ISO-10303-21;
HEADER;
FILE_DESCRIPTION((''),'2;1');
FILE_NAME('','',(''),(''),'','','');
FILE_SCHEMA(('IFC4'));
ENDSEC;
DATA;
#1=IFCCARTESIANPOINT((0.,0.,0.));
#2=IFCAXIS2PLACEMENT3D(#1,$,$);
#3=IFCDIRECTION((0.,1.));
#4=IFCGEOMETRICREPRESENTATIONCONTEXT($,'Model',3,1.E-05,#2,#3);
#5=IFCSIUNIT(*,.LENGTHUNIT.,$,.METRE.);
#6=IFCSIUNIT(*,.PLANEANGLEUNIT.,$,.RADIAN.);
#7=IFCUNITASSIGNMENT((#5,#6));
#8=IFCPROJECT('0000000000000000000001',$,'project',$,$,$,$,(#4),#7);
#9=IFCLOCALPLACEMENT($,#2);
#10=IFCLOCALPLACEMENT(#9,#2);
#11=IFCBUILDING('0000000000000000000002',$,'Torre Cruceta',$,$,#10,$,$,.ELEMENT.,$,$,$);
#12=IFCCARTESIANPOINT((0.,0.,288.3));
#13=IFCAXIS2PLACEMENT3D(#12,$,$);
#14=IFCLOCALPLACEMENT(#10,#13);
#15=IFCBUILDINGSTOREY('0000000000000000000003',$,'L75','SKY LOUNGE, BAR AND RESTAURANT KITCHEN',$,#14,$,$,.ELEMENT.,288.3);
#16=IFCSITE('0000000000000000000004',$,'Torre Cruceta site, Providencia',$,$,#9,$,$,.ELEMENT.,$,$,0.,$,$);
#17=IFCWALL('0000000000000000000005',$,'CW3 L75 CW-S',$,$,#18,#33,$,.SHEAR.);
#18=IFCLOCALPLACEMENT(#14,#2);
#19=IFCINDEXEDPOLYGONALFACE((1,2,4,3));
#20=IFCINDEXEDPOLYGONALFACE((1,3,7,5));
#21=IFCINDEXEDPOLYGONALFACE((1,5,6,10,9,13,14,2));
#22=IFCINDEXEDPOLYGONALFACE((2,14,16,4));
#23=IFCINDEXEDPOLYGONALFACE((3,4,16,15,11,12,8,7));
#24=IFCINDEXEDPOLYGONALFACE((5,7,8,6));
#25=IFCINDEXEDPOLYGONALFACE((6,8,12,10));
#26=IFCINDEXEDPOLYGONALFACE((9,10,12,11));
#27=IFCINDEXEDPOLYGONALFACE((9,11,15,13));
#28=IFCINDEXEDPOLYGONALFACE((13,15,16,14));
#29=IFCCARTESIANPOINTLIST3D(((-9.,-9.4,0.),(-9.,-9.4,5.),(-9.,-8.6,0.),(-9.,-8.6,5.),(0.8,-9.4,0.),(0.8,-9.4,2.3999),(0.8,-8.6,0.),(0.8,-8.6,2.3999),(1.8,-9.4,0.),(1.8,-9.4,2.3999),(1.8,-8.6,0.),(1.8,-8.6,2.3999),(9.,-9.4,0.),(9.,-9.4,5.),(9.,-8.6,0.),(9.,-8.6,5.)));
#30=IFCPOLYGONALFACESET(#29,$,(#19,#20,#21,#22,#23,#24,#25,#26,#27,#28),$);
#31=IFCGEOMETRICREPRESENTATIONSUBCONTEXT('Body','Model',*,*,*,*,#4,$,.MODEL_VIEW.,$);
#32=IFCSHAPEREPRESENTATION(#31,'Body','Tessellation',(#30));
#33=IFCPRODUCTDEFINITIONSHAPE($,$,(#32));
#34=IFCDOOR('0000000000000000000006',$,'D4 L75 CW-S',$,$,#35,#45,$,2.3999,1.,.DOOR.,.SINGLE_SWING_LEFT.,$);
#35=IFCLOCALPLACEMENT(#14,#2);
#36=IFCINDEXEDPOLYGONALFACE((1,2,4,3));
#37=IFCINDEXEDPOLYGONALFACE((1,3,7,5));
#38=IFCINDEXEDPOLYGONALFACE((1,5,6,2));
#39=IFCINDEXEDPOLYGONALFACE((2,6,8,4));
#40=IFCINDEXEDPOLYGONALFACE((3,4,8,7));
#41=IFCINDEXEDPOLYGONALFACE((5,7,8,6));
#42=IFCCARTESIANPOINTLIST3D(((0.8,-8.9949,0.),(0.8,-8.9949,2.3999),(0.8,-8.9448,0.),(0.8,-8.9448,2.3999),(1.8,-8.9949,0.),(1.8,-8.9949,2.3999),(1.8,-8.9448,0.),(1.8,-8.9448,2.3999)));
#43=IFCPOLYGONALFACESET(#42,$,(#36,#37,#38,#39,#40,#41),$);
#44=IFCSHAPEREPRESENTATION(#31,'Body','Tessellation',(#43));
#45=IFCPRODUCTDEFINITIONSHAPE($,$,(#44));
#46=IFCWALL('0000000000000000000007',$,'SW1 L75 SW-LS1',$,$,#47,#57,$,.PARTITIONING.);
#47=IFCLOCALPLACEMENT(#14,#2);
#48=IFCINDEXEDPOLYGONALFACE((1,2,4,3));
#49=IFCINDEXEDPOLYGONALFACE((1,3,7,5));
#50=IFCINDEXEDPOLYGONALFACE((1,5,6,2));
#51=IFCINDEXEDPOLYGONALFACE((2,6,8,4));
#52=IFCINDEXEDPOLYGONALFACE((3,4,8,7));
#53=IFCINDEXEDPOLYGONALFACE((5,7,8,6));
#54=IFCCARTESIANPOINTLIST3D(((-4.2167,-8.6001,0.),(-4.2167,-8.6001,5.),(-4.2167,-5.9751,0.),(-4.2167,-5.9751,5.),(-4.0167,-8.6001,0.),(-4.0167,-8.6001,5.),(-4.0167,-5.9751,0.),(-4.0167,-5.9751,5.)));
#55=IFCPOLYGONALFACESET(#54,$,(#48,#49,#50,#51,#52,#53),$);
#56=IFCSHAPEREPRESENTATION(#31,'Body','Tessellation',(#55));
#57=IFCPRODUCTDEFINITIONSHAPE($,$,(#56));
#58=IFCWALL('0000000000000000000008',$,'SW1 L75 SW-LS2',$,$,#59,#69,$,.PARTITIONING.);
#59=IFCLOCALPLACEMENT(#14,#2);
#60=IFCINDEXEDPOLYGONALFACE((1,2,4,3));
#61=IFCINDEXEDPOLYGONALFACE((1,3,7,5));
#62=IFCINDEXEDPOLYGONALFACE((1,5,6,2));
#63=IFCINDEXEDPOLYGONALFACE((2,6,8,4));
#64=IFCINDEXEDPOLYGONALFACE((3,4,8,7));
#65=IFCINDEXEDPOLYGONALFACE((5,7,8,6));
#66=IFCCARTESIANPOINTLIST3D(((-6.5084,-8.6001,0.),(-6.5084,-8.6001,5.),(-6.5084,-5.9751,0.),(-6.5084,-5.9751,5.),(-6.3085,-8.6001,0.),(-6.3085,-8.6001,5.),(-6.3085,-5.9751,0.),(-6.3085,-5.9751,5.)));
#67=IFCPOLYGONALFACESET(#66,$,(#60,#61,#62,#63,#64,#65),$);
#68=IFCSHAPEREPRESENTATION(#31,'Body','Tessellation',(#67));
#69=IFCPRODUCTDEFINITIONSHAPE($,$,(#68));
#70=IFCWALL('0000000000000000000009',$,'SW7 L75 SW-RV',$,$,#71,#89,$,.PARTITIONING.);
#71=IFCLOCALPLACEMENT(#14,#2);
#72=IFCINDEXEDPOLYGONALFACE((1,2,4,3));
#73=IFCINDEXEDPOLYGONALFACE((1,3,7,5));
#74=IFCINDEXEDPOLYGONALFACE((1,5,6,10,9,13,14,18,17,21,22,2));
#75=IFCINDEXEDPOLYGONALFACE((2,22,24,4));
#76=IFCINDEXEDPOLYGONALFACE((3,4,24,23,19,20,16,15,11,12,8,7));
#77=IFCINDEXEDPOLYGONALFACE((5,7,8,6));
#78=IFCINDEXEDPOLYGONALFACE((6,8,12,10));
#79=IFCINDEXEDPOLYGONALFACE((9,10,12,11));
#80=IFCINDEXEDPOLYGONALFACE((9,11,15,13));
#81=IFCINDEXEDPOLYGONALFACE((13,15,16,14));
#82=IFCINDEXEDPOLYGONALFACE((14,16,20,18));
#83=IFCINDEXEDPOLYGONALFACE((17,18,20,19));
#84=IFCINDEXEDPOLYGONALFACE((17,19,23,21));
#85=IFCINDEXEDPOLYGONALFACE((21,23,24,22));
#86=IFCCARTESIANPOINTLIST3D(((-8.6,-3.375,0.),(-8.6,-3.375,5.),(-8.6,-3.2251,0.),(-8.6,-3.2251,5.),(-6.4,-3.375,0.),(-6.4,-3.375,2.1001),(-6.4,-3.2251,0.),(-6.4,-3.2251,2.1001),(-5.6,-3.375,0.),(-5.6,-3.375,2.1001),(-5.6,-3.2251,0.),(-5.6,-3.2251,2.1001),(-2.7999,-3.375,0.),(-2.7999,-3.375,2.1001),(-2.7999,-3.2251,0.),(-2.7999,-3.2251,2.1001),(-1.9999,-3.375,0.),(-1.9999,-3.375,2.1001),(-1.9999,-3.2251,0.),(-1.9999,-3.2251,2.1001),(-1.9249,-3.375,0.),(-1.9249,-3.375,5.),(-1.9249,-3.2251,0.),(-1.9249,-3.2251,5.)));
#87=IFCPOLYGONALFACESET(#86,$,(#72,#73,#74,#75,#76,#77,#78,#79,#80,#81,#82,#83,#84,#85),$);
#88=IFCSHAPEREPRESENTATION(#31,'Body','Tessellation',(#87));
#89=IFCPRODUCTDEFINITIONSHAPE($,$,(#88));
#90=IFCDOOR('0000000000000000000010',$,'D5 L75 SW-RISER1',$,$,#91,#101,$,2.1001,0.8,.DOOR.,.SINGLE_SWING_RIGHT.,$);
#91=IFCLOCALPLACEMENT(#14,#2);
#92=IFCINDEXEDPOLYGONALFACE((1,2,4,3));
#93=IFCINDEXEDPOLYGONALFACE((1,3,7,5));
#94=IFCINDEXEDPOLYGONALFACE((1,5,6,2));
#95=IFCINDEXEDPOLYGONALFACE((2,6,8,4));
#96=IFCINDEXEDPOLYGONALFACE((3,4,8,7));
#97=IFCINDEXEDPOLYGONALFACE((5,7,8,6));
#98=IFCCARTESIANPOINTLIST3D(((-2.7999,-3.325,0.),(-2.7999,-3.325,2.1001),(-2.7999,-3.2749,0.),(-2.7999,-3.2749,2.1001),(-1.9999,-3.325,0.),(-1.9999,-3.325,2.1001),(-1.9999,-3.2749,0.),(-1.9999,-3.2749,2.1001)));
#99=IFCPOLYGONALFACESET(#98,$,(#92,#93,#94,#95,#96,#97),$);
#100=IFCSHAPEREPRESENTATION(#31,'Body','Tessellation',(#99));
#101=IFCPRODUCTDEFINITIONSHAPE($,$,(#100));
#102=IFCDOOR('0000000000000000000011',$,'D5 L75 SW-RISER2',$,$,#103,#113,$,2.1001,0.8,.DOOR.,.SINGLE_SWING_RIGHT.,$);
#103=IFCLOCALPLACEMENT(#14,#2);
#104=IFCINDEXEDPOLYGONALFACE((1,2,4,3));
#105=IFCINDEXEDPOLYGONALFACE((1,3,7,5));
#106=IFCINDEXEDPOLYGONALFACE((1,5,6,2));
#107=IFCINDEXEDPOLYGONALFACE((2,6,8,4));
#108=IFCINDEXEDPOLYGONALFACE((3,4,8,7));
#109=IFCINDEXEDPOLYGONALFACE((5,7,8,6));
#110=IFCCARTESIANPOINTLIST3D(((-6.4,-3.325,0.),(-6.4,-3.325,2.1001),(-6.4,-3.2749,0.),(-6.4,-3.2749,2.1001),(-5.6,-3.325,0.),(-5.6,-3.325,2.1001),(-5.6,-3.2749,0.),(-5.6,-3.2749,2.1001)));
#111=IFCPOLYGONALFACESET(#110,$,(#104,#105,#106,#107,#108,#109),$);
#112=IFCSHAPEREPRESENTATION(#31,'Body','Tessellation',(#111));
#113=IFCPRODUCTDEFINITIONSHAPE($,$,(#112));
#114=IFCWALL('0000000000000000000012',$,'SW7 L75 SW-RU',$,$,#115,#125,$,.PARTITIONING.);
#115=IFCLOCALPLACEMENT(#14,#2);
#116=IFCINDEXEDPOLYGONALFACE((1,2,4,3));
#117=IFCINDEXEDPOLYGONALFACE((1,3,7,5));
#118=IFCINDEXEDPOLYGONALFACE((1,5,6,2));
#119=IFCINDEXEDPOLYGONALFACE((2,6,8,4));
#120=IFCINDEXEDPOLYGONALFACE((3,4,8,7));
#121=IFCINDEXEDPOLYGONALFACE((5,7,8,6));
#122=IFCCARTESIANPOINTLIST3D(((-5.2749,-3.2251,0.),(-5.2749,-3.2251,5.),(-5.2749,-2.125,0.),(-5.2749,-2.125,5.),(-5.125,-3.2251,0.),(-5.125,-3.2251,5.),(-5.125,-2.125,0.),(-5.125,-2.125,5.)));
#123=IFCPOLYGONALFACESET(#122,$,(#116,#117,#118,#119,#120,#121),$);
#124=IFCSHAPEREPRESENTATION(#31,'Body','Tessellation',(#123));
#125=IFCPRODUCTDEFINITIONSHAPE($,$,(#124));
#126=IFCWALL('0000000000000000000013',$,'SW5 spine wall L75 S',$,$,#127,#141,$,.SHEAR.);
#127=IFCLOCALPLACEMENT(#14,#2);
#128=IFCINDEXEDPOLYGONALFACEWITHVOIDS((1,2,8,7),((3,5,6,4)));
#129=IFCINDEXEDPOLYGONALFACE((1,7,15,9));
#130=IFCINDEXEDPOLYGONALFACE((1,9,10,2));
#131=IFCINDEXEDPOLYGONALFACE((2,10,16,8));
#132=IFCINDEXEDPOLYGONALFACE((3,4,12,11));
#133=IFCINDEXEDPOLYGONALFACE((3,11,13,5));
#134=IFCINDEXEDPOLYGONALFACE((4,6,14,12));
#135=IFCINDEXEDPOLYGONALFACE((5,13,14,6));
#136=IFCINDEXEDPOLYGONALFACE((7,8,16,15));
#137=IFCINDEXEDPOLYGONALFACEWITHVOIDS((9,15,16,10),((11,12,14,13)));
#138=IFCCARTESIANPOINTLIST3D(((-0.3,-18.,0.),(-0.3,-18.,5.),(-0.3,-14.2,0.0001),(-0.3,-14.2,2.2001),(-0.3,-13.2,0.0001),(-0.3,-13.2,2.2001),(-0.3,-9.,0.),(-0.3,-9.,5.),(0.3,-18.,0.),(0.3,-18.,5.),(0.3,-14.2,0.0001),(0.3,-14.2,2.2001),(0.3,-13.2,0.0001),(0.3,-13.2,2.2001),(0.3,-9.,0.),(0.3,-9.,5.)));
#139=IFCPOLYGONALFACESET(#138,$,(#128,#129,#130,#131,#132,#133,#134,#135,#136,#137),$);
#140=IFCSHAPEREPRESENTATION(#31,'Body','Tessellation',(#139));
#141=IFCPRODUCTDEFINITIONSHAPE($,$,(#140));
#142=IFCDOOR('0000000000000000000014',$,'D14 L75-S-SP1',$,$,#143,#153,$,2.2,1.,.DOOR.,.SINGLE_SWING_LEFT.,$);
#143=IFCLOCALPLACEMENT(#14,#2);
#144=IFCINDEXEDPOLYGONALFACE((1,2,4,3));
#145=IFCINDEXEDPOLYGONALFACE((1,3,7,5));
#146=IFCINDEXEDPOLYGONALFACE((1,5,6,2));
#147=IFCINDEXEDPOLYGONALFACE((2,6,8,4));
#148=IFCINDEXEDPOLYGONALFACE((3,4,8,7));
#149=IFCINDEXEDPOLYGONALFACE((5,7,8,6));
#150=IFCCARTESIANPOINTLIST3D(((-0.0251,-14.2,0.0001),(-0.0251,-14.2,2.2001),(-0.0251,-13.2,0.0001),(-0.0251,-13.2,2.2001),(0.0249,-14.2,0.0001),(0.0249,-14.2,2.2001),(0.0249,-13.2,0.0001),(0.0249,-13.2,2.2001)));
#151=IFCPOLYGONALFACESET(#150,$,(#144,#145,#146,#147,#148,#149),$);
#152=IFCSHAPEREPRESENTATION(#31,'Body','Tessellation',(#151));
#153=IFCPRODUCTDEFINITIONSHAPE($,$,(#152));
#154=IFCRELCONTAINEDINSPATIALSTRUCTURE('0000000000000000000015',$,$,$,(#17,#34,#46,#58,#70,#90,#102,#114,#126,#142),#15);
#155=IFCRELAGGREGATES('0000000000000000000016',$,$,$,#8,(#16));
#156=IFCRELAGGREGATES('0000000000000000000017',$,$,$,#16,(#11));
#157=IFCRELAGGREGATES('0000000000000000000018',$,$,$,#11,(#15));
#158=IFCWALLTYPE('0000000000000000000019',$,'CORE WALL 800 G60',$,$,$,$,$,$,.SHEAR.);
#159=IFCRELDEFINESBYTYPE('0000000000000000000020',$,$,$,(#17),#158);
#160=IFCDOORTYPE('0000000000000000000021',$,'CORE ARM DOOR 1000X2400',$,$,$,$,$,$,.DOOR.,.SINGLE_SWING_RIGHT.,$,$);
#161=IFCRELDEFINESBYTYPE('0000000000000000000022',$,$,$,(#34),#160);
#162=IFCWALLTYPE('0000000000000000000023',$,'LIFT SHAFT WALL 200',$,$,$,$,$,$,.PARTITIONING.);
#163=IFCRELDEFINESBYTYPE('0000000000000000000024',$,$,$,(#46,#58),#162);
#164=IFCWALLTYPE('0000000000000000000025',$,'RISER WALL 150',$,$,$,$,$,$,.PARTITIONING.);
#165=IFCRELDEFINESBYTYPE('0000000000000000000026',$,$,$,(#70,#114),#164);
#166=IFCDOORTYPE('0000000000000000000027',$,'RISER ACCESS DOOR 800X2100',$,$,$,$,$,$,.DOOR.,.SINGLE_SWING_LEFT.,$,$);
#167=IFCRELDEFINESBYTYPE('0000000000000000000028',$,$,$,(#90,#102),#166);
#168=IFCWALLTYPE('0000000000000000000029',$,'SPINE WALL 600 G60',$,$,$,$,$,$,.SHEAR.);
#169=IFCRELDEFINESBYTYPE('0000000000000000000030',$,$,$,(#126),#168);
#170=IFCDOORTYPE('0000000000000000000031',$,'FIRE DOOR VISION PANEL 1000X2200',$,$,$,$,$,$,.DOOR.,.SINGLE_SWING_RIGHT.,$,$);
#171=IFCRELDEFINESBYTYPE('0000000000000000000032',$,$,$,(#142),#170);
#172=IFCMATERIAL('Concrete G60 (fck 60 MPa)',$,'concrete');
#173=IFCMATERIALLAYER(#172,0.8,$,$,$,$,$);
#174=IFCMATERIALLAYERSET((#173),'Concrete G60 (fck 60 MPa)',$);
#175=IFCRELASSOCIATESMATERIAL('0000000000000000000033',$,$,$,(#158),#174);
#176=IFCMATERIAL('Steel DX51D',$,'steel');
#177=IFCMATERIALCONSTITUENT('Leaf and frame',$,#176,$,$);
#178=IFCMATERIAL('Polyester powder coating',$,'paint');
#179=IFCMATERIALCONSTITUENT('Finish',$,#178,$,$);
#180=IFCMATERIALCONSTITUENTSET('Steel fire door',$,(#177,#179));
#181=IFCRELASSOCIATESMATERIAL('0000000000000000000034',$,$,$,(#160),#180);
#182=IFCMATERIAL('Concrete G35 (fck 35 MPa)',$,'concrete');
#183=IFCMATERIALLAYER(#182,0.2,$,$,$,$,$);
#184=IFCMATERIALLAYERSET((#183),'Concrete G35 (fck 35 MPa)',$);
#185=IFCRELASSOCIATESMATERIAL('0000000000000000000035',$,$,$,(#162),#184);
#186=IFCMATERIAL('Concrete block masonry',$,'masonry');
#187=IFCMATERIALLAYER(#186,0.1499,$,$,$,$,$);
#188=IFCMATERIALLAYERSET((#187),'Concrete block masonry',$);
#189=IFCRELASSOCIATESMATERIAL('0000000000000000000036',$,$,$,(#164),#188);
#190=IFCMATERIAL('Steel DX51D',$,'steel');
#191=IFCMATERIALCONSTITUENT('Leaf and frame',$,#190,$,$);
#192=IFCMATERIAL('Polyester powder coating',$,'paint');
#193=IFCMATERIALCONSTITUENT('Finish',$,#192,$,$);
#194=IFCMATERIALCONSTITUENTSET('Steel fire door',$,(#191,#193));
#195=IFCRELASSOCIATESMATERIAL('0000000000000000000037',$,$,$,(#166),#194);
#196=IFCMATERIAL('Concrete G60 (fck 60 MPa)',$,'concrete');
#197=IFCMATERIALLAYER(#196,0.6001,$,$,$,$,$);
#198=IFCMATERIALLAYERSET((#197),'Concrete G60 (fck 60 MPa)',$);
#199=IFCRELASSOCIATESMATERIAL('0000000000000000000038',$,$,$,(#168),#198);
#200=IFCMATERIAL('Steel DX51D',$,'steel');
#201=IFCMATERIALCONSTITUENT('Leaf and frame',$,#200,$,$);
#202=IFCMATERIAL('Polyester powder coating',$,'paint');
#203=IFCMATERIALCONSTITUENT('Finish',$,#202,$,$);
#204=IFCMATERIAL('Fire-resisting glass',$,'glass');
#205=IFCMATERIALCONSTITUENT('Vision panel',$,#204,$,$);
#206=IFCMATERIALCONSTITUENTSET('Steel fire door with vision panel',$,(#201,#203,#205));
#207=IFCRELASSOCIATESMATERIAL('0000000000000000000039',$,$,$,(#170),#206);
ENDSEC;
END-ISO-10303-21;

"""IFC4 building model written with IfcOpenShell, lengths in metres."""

from ifc_helpers import new_model, si_unit, direction, frame, frame_2d, origin, place, context, subcontext, project, spatial, rectangle, extrude, material, layer, layer_set, constituent, constituent_set, type_object, element, fill, save


model = new_model("IFC4")

# Units and contexts
model_context = context("Model", 3, precision=1e-05, world=origin(), true_north=direction((0.0, 1.0)))
body_context = subcontext(model_context, "Body", "Model", "MODEL_VIEW")
ifc_project = project(units=[si_unit("LENGTHUNIT", "METRE"), si_unit("PLANEANGLEUNIT", "RADIAN")], contexts=[model_context])

# Site, building, storey
site_placement = place(None, origin())
site = spatial("IfcSite", under=ifc_project, at=site_placement, Name="Torre Cruceta site, Providencia", CompositionType="ELEMENT", RefElevation=0.0)
building_placement = place(site_placement, origin())
building = spatial("IfcBuilding", under=site, at=building_placement, Name="Torre Cruceta", CompositionType="ELEMENT")
storey_placement = place(building_placement, frame((0.0, 0.0, 288.3)))
storey = spatial("IfcBuildingStorey", under=building, at=storey_placement, Name="L75", Description="SKY LOUNGE, BAR AND RESTAURANT KITCHEN", CompositionType="ELEMENT", Elevation=288.3)

# Wall, opening, door
ifc_material_1 = material(Name="Concrete G60 (fck 60 MPa)", Category="concrete")
ifc_layer_1 = layer(ifc_material_1, 0.8)
ifc_layer_set_1 = layer_set([ifc_layer_1], Name="Concrete G60 (fck 60 MPa)")
wall_type_1 = type_object("IfcWallType", Name="CORE WALL 800 G60", PredefinedType="SHEAR", material=ifc_layer_set_1)
wall_1_placement = place(storey_placement, frame((-9.0, -9.0, 0.0), z_axis=(0.0, 0.0, 1.0), x_axis=(1.0, 0.0, 0.0)))
wall_1 = element("IfcWall", 1, at=wall_1_placement, inside=storey, type_object=wall_type_1, Name="CW3 L75 CW-S", PredefinedType="SHEAR", context=body_context, shape_type="SweptSolid", body=[
    extrude(rectangle(XDim=18.0, YDim=0.8, at=frame_2d((9.0, 0.0))), origin(), (0.0, 0.0, 1.0), 5.0),
])
opening_1_placement = place(wall_1_placement, frame((9.8, 0.0, 0.0)))
opening_1 = element("IfcOpeningElement", 2, at=opening_1_placement, cuts=wall_1, PredefinedType="OPENING", context=body_context, shape_type="SweptSolid", body=[
    extrude(rectangle(XDim=1.0, YDim=2.3999, at=frame_2d((0.5, 1.2))), frame((0.0, 0.4099, 0.0), z_axis=(0.0, -1.0, 0.0), x_axis=(1.0, 0.0, 0.0)), (0.0, 0.0, 1.0), 0.8201),
])
ifc_material_2 = material(Name="Steel DX51D", Category="steel")
ifc_constituent_1 = constituent(ifc_material_2, Name="Leaf and frame")
ifc_material_3 = material(Name="Polyester powder coating", Category="paint")
ifc_constituent_2 = constituent(ifc_material_3, Name="Finish")
ifc_constituent_set_1 = constituent_set(constituents=[ifc_constituent_1, ifc_constituent_2], Name="Steel fire door")
door_type_1 = type_object("IfcDoorType", Name="CORE ARM DOOR 1000X2400", OperationType="SINGLE_SWING_RIGHT", PredefinedType="DOOR", material=ifc_constituent_set_1)
door_1_placement = place(opening_1_placement, frame((1.0, 0.0, 0.0), z_axis=(0.0, 0.0, 1.0), x_axis=(-1.0, 0.0, 0.0)))
door_1 = element("IfcDoor", 3, at=door_1_placement, inside=storey, type_object=door_type_1, Name="D4 L75 CW-S", OperationType="SINGLE_SWING_LEFT", OverallHeight=2.3999, OverallWidth=1.0, PredefinedType="DOOR", context=body_context, shape_type="SweptSolid", body=[
    extrude(rectangle(XDim=1.0, YDim=2.3999, at=frame_2d((0.5, 1.2))), frame((0.0, -0.0051, 0.0), z_axis=(0.0, -1.0, 0.0), x_axis=(1.0, 0.0, 0.0)), (0.0, 0.0, 1.0), 0.05),
])
fill(opening_1, door_1)

# Walls
ifc_material_4 = material(Name="Concrete G35 (fck 35 MPa)", Category="concrete")
ifc_layer_2 = layer(ifc_material_4, 0.2)
ifc_layer_set_2 = layer_set([ifc_layer_2], Name="Concrete G35 (fck 35 MPa)")
wall_type_2 = type_object("IfcWallType", Name="LIFT SHAFT WALL 200", PredefinedType="PARTITIONING", material=ifc_layer_set_2)
for number, where, z_axis, x_axis, name in (
    (4, (-4.1167, -5.9751, 0.0), (0.0, 0.0, 1.0), (0.0, -1.0, 0.0), "SW1 L75 SW-LS1"),
    (5, (-6.4084, -5.9751, 0.0), (0.0, 0.0, 1.0), (0.0, -1.0, 0.0), "SW1 L75 SW-LS2"),
):
    element("IfcWall", number, at=place(storey_placement, frame(where, z_axis=z_axis, x_axis=x_axis)), inside=storey, type_object=wall_type_2, Name=name, PredefinedType="PARTITIONING", context=body_context, shape_type="SweptSolid", body=[
        extrude(rectangle(XDim=2.625, YDim=0.2, at=frame_2d((1.3125, 0.0))), origin(), (0.0, 0.0, 1.0), 5.0),
    ])

# Wall, openings, doors
ifc_material_5 = material(Name="Concrete block masonry", Category="masonry")
ifc_layer_3 = layer(ifc_material_5, 0.1499)
ifc_layer_set_3 = layer_set([ifc_layer_3], Name="Concrete block masonry")
wall_type_3 = type_object("IfcWallType", Name="RISER WALL 150", PredefinedType="PARTITIONING", material=ifc_layer_set_3)
wall_2_placement = place(storey_placement, frame((-1.925, -3.3, 0.0), z_axis=(0.0, 0.0, 1.0), x_axis=(-1.0, 0.0, 0.0)))
wall_2 = element("IfcWall", 6, at=wall_2_placement, inside=storey, type_object=wall_type_3, Name="SW7 L75 SW-RV", PredefinedType="PARTITIONING", context=body_context, shape_type="SweptSolid", body=[
    extrude(rectangle(XDim=6.675, YDim=0.1499, at=frame_2d((3.3374, 0.0))), origin(), (0.0, 0.0, 1.0), 5.0),
])
opening_2_placement = place(wall_2_placement, frame((0.075, 0.0, 0.0)))
opening_2 = element("IfcOpeningElement", 7, at=opening_2_placement, cuts=wall_2, PredefinedType="OPENING", context=body_context, shape_type="SweptSolid", body=[
    extrude(rectangle(XDim=0.8, YDim=2.1001, at=frame_2d((0.3999, 1.05))), frame((0.0, 0.085, 0.0), z_axis=(0.0, -1.0, 0.0), x_axis=(1.0, 0.0, 0.0)), (0.0, 0.0, 1.0), 0.1699),
])
opening_3_placement = place(wall_2_placement, frame((3.675, 0.0, 0.0)))
opening_3 = element("IfcOpeningElement", 8, at=opening_3_placement, cuts=wall_2, PredefinedType="OPENING", context=body_context, shape_type="SweptSolid", body=[
    extrude(rectangle(XDim=0.8, YDim=2.1001, at=frame_2d((0.3999, 1.05))), frame((0.0, 0.085, 0.0), z_axis=(0.0, -1.0, 0.0), x_axis=(1.0, 0.0, 0.0)), (0.0, 0.0, 1.0), 0.1699),
])
ifc_material_6 = material(Name="Steel DX51D", Category="steel")
ifc_constituent_3 = constituent(ifc_material_6, Name="Leaf and frame")
ifc_material_7 = material(Name="Polyester powder coating", Category="paint")
ifc_constituent_4 = constituent(ifc_material_7, Name="Finish")
ifc_constituent_set_2 = constituent_set(constituents=[ifc_constituent_3, ifc_constituent_4], Name="Steel fire door")
door_type_2 = type_object("IfcDoorType", Name="RISER ACCESS DOOR 800X2100", OperationType="SINGLE_SWING_LEFT", PredefinedType="DOOR", material=ifc_constituent_set_2)
door_2_placement = place(opening_2_placement, frame((0.8, 0.0, 0.0), z_axis=(0.0, 0.0, 1.0), x_axis=(-1.0, 0.0, 0.0)))
door_2 = element("IfcDoor", 9, at=door_2_placement, inside=storey, type_object=door_type_2, Name="D5 L75 SW-RISER1", OperationType="SINGLE_SWING_RIGHT", OverallHeight=2.1001, OverallWidth=0.8, PredefinedType="DOOR", context=body_context, shape_type="SweptSolid", body=[
    extrude(rectangle(XDim=0.8, YDim=2.1001, at=frame_2d((0.4001, 1.05))), frame((0.0, 0.0251, 0.0), z_axis=(0.0, -1.0, 0.0), x_axis=(1.0, 0.0, 0.0)), (0.0, 0.0, 1.0), 0.05),
])
fill(opening_2, door_2)
door_3_placement = place(opening_3_placement, frame((0.8, 0.0, 0.0), z_axis=(0.0, 0.0, 1.0), x_axis=(-1.0, 0.0, 0.0)))
door_3 = element("IfcDoor", 10, at=door_3_placement, inside=storey, type_object=door_type_2, Name="D5 L75 SW-RISER2", OperationType="SINGLE_SWING_RIGHT", OverallHeight=2.1001, OverallWidth=0.8, PredefinedType="DOOR", context=body_context, shape_type="SweptSolid", body=[
    extrude(rectangle(XDim=0.8, YDim=2.1001, at=frame_2d((0.4001, 1.05))), frame((0.0, 0.0251, 0.0), z_axis=(0.0, -1.0, 0.0), x_axis=(1.0, 0.0, 0.0)), (0.0, 0.0, 1.0), 0.05),
])
fill(opening_3, door_3)

# Wall
wall_3_placement = place(storey_placement, frame((-5.2, -2.125, 0.0), z_axis=(0.0, 0.0, 1.0), x_axis=(0.0, -1.0, 0.0)))
element("IfcWall", 11, at=wall_3_placement, inside=storey, type_object=wall_type_3, Name="SW7 L75 SW-RU", PredefinedType="PARTITIONING", context=body_context, shape_type="SweptSolid", body=[
    extrude(rectangle(XDim=1.1001, YDim=0.1499, at=frame_2d((0.55, 0.0))), origin(), (0.0, 0.0, 1.0), 5.0),
])

# Wall, opening, door
ifc_material_8 = material(Name="Concrete G60 (fck 60 MPa)", Category="concrete")
ifc_layer_4 = layer(ifc_material_8, 0.6001)
ifc_layer_set_4 = layer_set([ifc_layer_4], Name="Concrete G60 (fck 60 MPa)")
wall_type_4 = type_object("IfcWallType", Name="SPINE WALL 600 G60", PredefinedType="SHEAR", material=ifc_layer_set_4)
wall_4_placement = place(storey_placement, frame((0.0, -9.0, 0.0), z_axis=(0.0, 0.0, 1.0), x_axis=(0.0, -1.0, 0.0)))
wall_4 = element("IfcWall", 12, at=wall_4_placement, inside=storey, type_object=wall_type_4, Name="SW5 spine wall L75 S", PredefinedType="SHEAR", context=body_context, shape_type="SweptSolid", body=[
    extrude(rectangle(XDim=9.0, YDim=0.6001, at=frame_2d((4.5, 0.0))), origin(), (0.0, 0.0, 1.0), 5.0),
])
opening_4_placement = place(wall_4_placement, frame((4.2, 0.0, 0.0)))
opening_4 = element("IfcOpeningElement", 13, at=opening_4_placement, cuts=wall_4, PredefinedType="OPENING", context=body_context, shape_type="SweptSolid", body=[
    extrude(rectangle(XDim=1.0, YDim=2.2, at=frame_2d((0.5, 1.1001))), frame((0.0, 0.3101, 0.0), z_axis=(0.0, -1.0, 0.0), x_axis=(1.0, 0.0, 0.0)), (0.0, 0.0, 1.0), 0.6201),
])
ifc_material_9 = material(Name="Steel DX51D", Category="steel")
ifc_constituent_5 = constituent(ifc_material_9, Name="Leaf and frame")
ifc_material_10 = material(Name="Polyester powder coating", Category="paint")
ifc_constituent_6 = constituent(ifc_material_10, Name="Finish")
ifc_material_11 = material(Name="Fire-resisting glass", Category="glass")
ifc_constituent_7 = constituent(ifc_material_11, Name="Vision panel")
ifc_constituent_set_3 = constituent_set(constituents=[ifc_constituent_5, ifc_constituent_6, ifc_constituent_7], Name="Steel fire door with vision panel")
door_type_3 = type_object("IfcDoorType", Name="FIRE DOOR VISION PANEL 1000X2200", OperationType="SINGLE_SWING_RIGHT", PredefinedType="DOOR", material=ifc_constituent_set_3)
door_4_placement = place(opening_4_placement, origin())
door_4 = element("IfcDoor", 14, at=door_4_placement, inside=storey, type_object=door_type_3, Name="D14 L75-S-SP1", OperationType="SINGLE_SWING_LEFT", OverallHeight=2.2, OverallWidth=1.0, PredefinedType="DOOR", context=body_context, shape_type="SweptSolid", body=[
    extrude(rectangle(XDim=1.0, YDim=2.2, at=frame_2d((0.5, 1.1001))), frame((0.0, 0.0249, 0.0), z_axis=(0.0, -1.0, 0.0), x_axis=(1.0, 0.0, 0.0)), (0.0, 0.0, 1.0), 0.05),
])
fill(opening_4, door_4)

save(model, "model.ifc")
